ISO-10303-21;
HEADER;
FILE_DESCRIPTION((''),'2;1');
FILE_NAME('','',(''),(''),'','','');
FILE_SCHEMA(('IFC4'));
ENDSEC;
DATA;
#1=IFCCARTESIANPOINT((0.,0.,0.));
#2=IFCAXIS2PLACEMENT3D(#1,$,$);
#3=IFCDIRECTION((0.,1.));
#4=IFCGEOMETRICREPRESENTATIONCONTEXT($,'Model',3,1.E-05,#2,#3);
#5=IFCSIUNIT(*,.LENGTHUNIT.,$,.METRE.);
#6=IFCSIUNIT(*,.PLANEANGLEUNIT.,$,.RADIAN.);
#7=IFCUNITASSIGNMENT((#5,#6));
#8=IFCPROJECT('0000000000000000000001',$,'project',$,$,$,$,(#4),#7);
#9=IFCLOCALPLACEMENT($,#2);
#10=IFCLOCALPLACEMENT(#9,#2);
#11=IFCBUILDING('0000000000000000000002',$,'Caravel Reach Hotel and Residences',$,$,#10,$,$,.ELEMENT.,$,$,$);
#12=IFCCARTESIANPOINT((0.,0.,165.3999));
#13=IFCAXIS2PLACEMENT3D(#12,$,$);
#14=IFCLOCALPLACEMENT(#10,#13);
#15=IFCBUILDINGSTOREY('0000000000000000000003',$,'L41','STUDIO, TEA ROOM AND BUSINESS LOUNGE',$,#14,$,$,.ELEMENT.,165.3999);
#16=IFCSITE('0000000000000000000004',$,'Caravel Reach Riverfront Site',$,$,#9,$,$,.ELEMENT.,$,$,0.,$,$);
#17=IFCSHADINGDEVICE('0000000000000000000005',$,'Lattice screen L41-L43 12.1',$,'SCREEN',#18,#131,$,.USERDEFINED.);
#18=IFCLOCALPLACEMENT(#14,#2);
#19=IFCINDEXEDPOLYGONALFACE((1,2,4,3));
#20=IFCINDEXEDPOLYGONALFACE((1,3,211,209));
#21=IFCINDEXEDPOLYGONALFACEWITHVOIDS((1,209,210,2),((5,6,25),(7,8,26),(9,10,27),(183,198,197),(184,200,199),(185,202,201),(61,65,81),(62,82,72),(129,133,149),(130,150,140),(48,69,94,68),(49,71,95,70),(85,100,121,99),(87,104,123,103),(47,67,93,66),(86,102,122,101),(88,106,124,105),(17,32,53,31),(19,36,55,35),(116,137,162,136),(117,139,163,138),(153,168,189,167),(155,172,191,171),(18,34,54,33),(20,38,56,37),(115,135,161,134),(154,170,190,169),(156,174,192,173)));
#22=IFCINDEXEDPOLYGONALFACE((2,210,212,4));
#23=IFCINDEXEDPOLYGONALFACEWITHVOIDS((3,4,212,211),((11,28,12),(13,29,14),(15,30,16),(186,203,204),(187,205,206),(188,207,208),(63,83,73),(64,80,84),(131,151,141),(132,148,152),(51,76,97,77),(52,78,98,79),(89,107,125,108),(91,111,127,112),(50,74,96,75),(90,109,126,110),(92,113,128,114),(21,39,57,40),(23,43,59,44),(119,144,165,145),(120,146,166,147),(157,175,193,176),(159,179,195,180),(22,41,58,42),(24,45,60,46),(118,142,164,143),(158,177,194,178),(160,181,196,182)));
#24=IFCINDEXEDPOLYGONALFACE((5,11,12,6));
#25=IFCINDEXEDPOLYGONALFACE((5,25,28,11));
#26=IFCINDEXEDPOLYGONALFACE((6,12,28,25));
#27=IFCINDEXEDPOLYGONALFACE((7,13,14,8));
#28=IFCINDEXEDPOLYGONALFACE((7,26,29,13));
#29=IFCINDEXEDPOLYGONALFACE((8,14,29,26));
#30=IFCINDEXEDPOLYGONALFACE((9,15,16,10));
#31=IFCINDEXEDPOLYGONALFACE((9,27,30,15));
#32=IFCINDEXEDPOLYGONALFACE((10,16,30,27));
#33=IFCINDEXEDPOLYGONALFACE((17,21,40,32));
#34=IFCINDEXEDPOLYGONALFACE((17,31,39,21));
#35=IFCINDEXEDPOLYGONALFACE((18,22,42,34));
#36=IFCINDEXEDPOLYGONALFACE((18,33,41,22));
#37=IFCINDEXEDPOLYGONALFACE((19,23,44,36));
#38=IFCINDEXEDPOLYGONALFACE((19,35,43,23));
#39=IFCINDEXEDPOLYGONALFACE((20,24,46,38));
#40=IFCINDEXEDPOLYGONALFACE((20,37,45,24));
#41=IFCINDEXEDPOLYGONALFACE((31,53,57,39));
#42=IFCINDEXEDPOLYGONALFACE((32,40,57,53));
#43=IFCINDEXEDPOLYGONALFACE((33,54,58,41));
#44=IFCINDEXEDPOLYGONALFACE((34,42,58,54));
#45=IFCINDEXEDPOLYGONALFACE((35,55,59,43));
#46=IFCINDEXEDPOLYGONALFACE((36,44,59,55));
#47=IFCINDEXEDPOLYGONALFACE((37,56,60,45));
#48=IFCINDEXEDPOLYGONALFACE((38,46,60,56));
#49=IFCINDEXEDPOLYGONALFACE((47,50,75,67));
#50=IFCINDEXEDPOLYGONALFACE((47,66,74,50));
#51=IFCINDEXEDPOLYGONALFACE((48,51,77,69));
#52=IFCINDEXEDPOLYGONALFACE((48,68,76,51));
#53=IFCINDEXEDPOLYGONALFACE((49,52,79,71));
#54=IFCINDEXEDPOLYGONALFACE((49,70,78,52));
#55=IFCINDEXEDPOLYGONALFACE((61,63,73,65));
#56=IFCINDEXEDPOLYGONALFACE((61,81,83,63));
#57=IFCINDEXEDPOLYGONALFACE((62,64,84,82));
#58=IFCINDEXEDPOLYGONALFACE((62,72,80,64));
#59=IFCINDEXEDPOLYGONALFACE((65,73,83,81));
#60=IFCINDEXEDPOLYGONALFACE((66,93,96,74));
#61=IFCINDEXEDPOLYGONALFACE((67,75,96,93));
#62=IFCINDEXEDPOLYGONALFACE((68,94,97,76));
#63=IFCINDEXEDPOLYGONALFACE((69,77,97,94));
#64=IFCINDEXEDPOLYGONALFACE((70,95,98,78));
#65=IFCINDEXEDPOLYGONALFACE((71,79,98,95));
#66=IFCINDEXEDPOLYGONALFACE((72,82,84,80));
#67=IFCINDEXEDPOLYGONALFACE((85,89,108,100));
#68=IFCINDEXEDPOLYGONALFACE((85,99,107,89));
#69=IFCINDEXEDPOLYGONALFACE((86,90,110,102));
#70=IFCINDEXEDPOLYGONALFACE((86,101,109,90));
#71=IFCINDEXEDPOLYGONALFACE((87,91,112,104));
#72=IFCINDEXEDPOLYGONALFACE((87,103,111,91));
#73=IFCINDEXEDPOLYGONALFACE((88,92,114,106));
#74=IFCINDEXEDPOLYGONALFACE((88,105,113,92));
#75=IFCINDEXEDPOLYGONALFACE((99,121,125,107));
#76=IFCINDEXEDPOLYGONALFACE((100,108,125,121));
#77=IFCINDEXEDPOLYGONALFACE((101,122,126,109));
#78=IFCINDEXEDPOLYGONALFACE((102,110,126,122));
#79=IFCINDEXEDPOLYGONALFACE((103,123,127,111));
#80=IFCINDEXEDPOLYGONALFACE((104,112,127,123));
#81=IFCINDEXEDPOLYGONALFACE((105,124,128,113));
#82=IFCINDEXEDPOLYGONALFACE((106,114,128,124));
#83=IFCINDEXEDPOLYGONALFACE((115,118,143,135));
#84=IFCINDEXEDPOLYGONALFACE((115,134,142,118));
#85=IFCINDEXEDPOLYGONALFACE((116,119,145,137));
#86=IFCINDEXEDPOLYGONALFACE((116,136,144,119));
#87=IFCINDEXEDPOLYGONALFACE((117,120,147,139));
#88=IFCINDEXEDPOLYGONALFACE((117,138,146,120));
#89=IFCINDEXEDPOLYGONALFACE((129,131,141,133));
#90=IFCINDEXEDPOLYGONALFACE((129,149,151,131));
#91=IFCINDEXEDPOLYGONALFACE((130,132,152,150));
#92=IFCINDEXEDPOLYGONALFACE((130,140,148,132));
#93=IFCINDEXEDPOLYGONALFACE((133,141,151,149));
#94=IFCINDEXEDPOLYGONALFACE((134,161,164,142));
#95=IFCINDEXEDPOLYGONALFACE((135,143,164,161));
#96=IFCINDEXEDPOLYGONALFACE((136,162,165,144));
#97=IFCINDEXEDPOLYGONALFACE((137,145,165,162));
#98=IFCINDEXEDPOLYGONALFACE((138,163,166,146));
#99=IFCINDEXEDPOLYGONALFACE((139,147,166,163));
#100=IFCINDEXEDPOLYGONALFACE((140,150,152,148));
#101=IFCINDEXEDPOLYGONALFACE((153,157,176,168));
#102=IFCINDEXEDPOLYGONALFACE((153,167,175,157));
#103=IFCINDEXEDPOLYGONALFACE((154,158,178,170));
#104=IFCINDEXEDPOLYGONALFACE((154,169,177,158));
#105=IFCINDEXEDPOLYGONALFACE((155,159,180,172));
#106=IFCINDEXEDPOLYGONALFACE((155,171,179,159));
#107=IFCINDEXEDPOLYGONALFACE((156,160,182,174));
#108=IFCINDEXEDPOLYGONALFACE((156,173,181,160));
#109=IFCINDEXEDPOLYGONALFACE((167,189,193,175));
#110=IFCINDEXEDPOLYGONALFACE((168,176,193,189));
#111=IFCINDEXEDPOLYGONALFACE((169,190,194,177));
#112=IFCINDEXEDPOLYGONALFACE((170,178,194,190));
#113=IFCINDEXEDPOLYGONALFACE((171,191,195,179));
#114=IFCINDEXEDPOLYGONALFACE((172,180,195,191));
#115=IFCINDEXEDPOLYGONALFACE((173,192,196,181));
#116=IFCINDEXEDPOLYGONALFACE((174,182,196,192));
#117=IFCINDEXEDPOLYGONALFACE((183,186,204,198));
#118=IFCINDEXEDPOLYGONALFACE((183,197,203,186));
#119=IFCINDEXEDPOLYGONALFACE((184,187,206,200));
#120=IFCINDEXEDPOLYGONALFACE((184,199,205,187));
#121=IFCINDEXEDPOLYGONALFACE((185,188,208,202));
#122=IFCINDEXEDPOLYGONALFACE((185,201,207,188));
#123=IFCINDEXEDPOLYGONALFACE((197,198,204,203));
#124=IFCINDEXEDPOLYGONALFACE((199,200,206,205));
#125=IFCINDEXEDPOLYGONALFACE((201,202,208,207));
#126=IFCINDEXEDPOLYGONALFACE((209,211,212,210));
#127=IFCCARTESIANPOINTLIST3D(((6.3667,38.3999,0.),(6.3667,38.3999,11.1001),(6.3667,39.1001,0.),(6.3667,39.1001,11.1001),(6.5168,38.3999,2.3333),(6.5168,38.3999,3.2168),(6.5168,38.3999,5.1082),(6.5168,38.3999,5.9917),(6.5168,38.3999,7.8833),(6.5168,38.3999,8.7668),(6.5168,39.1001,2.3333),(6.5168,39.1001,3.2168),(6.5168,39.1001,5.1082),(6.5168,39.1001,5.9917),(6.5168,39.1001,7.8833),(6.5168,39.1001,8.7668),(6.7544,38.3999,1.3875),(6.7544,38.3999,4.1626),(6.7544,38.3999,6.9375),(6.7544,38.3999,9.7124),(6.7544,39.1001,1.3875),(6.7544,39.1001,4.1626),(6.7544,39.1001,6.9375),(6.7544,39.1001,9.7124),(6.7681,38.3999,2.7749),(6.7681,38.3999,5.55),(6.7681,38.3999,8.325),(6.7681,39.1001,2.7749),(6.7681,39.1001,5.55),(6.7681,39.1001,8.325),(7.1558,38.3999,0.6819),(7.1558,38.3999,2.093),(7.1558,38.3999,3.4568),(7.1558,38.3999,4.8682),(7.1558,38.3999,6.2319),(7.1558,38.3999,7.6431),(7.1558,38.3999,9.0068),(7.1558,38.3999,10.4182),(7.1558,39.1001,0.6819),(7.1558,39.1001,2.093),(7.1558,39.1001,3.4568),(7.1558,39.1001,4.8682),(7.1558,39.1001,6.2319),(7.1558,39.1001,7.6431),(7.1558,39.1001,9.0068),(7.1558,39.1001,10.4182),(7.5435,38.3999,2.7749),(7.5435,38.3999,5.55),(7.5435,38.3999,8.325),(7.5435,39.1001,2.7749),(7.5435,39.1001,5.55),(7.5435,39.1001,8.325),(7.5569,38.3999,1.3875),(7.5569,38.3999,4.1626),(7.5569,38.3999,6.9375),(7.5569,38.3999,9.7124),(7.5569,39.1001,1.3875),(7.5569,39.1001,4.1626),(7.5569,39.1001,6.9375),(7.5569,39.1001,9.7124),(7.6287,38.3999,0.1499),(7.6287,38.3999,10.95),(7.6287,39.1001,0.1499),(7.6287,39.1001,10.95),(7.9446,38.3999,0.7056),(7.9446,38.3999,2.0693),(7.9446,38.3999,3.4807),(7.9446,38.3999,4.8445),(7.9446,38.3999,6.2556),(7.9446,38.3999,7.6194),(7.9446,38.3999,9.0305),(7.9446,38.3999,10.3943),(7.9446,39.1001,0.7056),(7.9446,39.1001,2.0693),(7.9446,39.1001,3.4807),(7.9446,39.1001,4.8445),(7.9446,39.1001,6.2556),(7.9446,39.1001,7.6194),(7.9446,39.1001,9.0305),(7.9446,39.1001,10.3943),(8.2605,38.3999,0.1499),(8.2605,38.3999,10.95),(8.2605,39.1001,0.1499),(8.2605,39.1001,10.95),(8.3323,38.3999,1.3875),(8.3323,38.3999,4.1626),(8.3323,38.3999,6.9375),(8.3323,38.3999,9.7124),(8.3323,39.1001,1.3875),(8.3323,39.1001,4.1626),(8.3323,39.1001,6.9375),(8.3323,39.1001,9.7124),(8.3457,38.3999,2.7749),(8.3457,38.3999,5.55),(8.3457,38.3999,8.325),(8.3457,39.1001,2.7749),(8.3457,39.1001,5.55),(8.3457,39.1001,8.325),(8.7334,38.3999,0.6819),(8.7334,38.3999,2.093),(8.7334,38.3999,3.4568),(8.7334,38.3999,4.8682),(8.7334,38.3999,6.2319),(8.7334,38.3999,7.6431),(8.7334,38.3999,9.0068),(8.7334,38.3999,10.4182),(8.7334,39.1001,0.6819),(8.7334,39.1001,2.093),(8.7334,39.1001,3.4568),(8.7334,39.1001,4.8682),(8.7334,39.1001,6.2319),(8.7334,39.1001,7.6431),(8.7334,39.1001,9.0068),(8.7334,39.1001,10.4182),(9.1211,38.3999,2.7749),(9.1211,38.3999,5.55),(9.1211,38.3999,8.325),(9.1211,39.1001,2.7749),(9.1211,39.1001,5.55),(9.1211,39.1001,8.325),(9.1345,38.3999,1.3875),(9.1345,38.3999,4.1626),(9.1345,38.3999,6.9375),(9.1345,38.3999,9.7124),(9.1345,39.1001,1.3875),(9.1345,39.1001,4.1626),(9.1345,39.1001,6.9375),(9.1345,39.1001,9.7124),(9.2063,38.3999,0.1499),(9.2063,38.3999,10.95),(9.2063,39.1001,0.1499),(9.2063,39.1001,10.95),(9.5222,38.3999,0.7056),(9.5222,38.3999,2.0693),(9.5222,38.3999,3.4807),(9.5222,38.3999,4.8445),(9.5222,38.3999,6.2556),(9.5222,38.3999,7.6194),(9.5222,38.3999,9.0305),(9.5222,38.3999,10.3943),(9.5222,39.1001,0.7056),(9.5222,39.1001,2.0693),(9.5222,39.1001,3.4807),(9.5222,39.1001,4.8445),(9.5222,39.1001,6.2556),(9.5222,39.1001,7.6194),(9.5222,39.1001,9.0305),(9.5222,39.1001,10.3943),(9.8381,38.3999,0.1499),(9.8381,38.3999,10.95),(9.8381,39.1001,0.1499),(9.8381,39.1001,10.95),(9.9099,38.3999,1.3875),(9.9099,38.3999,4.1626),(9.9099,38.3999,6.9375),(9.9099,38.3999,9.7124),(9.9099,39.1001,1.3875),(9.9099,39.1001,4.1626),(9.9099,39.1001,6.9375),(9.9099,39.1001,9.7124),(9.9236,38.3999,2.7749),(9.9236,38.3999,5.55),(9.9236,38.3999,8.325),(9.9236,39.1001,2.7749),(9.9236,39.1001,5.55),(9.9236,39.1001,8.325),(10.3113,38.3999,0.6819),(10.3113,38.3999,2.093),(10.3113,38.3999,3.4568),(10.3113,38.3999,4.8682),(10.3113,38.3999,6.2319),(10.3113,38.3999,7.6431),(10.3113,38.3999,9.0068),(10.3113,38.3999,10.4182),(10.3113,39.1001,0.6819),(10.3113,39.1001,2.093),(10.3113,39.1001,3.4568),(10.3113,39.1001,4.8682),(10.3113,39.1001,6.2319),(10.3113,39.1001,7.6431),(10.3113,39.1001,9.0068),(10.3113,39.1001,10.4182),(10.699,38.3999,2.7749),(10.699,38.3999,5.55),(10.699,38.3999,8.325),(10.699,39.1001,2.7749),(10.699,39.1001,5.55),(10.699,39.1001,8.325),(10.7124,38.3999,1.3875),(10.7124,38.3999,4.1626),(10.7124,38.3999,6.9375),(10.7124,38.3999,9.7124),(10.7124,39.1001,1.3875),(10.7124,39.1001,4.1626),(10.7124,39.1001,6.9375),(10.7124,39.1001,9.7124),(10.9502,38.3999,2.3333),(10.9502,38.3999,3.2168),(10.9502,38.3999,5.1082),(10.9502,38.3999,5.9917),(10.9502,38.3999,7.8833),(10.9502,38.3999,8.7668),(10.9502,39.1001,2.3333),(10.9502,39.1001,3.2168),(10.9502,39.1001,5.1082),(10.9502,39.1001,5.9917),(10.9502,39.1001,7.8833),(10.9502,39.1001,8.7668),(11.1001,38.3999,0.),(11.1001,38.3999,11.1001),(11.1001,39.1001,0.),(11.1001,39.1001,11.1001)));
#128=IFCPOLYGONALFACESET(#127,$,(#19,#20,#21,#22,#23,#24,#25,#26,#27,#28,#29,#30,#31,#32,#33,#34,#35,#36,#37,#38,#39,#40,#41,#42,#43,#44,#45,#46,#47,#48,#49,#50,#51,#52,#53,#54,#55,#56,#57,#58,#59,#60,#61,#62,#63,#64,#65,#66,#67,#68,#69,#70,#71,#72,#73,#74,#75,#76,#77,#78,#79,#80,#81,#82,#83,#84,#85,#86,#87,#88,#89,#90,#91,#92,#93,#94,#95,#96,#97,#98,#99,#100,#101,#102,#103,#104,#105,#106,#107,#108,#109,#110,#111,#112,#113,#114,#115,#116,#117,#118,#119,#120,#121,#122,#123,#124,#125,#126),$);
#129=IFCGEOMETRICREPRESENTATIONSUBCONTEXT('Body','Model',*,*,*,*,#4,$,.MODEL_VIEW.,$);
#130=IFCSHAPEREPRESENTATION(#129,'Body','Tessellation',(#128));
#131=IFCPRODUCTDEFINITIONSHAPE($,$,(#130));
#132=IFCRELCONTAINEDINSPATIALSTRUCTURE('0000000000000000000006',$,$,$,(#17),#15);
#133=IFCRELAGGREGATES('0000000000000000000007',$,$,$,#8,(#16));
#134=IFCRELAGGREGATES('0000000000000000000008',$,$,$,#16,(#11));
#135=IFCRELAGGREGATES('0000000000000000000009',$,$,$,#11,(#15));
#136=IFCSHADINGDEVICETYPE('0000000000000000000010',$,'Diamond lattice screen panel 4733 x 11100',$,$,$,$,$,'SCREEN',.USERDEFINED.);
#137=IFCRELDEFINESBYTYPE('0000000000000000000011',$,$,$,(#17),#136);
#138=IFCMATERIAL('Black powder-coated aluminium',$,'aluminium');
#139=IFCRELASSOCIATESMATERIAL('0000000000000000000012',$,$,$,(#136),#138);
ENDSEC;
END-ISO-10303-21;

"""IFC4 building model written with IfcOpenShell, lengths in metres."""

from ifc_helpers import new_model, si_unit, direction, frame, origin, place, context, subcontext, project, spatial, polyline, outline, extrude, material, type_object, element, save


model = new_model("IFC4")

# Units and contexts
model_context = context("Model", 3, precision=1e-05, world=origin(), true_north=direction((0.0, 1.0)))
body_context = subcontext(model_context, "Body", "Model", "MODEL_VIEW")
ifc_project = project(units=[si_unit("LENGTHUNIT", "METRE"), si_unit("PLANEANGLEUNIT", "RADIAN")], contexts=[model_context])

# Site, building, storey
site_placement = place(None, origin())
site = spatial("IfcSite", under=ifc_project, at=site_placement, Name="Caravel Reach Riverfront Site", CompositionType="ELEMENT", RefElevation=0.0)
building_placement = place(site_placement, origin())
building = spatial("IfcBuilding", under=site, at=building_placement, Name="Caravel Reach Hotel and Residences", CompositionType="ELEMENT")
storey_placement = place(building_placement, frame((0.0, 0.0, 165.3999)))
storey = spatial("IfcBuildingStorey", under=building, at=storey_placement, Name="L41", Description="STUDIO, TEA ROOM AND BUSINESS LOUNGE", CompositionType="ELEMENT", Elevation=165.3999)

# Shading device
ifc_material_1 = material(Name="Black powder-coated aluminium", Category="aluminium")
shading_device_type_1 = type_object("IfcShadingDeviceType", Name="Diamond lattice screen panel 4733 x 11100", ElementType="SCREEN", PredefinedType="USERDEFINED", material=ifc_material_1)
shading_device_1_placement = place(storey_placement, frame((11.1001, 38.3999, 0.0), z_axis=(0.0, 1.0, 0.0), x_axis=(-1.0, 0.0, 0.0)))
element("IfcShadingDevice", 1, at=shading_device_1_placement, inside=storey, type_object=shading_device_type_1, Name="Lattice screen L41-L43 12.1", ObjectType="SCREEN", PredefinedType="USERDEFINED", context=body_context, shape_type="SweptSolid", body=[
    extrude(outline(polyline([(0.0, 0.0), (4.7334, 0.0), (4.7334, 11.1001), (0.0, 11.1001), (0.0, 0.0)]), holes=[polyline([(0.4011, 2.7749), (0.1499, 3.2168), (0.1499, 2.3333), (0.4011, 2.7749)]), polyline([(0.4011, 5.55), (0.1499, 5.9917), (0.1499, 5.1082), (0.4011, 5.55)]), polyline([(0.4011, 8.325), (0.1499, 8.7668), (0.1499, 7.8833), (0.4011, 8.325)]), polyline([(0.7888, 2.093), (0.3877, 1.3875), (0.7888, 0.6819), (1.1902, 1.3875), (0.7888, 2.093)]), polyline([(0.7888, 4.8682), (0.3877, 4.1626), (0.7888, 3.4568), (1.1902, 4.1626), (0.7888, 4.8682)]), polyline([(0.7888, 7.6431), (0.3877, 6.9375), (0.7888, 6.2319), (1.1902, 6.9375), (0.7888, 7.6431)]), polyline([(0.7888, 10.4182), (0.3877, 9.7124), (0.7888, 9.0068), (1.1902, 9.7124), (0.7888, 10.4182)]), polyline([(1.5779, 0.7056), (1.262, 0.1499), (1.8938, 0.1499), (1.5779, 0.7056)]), polyline([(1.5779, 3.4807), (1.1765, 2.7749), (1.5779, 2.0693), (1.979, 2.7749), (1.5779, 3.4807)]), polyline([(1.5779, 6.2556), (1.1765, 5.55), (1.5779, 4.8445), (1.979, 5.55), (1.5779, 6.2556)]), polyline([(1.5779, 9.0305), (1.1765, 8.325), (1.5779, 7.6194), (1.979, 8.325), (1.5779, 9.0305)]), polyline([(1.5779, 10.3943), (1.8938, 10.95), (1.262, 10.95), (1.5779, 10.3943)]), polyline([(2.3667, 2.093), (1.9656, 1.3875), (2.3667, 0.6819), (2.7678, 1.3875), (2.3667, 2.093)]), polyline([(2.3667, 4.8682), (1.9656, 4.1626), (2.3667, 3.4568), (2.7678, 4.1626), (2.3667, 4.8682)]), polyline([(2.3667, 7.6431), (1.9656, 6.9375), (2.3667, 6.2319), (2.7678, 6.9375), (2.3667, 7.6431)]), polyline([(2.3667, 10.4182), (1.9656, 9.7124), (2.3667, 9.0068), (2.7678, 9.7124), (2.3667, 10.4182)]), polyline([(3.1555, 0.7056), (2.8396, 0.1499), (3.4714, 0.1499), (3.1555, 0.7056)]), polyline([(3.1555, 3.4807), (2.7544, 2.7749), (3.1555, 2.0693), (3.5566, 2.7749), (3.1555, 3.4807)]), polyline([(3.1555, 6.2556), (2.7544, 5.55), (3.1555, 4.8445), (3.5566, 5.55), (3.1555, 6.2556)]), polyline([(3.1555, 9.0305), (2.7544, 8.325), (3.1555, 7.6194), (3.5566, 8.325), (3.1555, 9.0305)]), polyline([(3.1555, 10.3943), (3.4714, 10.95), (2.8396, 10.95), (3.1555, 10.3943)]), polyline([(3.9443, 2.093), (3.5432, 1.3875), (3.9443, 0.6819), (4.3457, 1.3875), (3.9443, 2.093)]), polyline([(3.9443, 4.8682), (3.5432, 4.1626), (3.9443, 3.4568), (4.3457, 4.1626), (3.9443, 4.8682)]), polyline([(3.9443, 7.6431), (3.5432, 6.9375), (3.9443, 6.2319), (4.3457, 6.9375), (3.9443, 7.6431)]), polyline([(3.9443, 10.4182), (3.5432, 9.7124), (3.9443, 9.0068), (4.3457, 9.7124), (3.9443, 10.4182)]), polyline([(4.332, 2.7749), (4.5833, 2.3333), (4.5833, 3.2168), (4.332, 2.7749)]), polyline([(4.332, 5.55), (4.5833, 5.1082), (4.5833, 5.9917), (4.332, 5.55)]), polyline([(4.332, 8.325), (4.5833, 7.8833), (4.5833, 8.7668), (4.332, 8.325)])]), origin(), (0.0, 0.0, 1.0), 0.7002),
])

save(model, "model.ifc")
